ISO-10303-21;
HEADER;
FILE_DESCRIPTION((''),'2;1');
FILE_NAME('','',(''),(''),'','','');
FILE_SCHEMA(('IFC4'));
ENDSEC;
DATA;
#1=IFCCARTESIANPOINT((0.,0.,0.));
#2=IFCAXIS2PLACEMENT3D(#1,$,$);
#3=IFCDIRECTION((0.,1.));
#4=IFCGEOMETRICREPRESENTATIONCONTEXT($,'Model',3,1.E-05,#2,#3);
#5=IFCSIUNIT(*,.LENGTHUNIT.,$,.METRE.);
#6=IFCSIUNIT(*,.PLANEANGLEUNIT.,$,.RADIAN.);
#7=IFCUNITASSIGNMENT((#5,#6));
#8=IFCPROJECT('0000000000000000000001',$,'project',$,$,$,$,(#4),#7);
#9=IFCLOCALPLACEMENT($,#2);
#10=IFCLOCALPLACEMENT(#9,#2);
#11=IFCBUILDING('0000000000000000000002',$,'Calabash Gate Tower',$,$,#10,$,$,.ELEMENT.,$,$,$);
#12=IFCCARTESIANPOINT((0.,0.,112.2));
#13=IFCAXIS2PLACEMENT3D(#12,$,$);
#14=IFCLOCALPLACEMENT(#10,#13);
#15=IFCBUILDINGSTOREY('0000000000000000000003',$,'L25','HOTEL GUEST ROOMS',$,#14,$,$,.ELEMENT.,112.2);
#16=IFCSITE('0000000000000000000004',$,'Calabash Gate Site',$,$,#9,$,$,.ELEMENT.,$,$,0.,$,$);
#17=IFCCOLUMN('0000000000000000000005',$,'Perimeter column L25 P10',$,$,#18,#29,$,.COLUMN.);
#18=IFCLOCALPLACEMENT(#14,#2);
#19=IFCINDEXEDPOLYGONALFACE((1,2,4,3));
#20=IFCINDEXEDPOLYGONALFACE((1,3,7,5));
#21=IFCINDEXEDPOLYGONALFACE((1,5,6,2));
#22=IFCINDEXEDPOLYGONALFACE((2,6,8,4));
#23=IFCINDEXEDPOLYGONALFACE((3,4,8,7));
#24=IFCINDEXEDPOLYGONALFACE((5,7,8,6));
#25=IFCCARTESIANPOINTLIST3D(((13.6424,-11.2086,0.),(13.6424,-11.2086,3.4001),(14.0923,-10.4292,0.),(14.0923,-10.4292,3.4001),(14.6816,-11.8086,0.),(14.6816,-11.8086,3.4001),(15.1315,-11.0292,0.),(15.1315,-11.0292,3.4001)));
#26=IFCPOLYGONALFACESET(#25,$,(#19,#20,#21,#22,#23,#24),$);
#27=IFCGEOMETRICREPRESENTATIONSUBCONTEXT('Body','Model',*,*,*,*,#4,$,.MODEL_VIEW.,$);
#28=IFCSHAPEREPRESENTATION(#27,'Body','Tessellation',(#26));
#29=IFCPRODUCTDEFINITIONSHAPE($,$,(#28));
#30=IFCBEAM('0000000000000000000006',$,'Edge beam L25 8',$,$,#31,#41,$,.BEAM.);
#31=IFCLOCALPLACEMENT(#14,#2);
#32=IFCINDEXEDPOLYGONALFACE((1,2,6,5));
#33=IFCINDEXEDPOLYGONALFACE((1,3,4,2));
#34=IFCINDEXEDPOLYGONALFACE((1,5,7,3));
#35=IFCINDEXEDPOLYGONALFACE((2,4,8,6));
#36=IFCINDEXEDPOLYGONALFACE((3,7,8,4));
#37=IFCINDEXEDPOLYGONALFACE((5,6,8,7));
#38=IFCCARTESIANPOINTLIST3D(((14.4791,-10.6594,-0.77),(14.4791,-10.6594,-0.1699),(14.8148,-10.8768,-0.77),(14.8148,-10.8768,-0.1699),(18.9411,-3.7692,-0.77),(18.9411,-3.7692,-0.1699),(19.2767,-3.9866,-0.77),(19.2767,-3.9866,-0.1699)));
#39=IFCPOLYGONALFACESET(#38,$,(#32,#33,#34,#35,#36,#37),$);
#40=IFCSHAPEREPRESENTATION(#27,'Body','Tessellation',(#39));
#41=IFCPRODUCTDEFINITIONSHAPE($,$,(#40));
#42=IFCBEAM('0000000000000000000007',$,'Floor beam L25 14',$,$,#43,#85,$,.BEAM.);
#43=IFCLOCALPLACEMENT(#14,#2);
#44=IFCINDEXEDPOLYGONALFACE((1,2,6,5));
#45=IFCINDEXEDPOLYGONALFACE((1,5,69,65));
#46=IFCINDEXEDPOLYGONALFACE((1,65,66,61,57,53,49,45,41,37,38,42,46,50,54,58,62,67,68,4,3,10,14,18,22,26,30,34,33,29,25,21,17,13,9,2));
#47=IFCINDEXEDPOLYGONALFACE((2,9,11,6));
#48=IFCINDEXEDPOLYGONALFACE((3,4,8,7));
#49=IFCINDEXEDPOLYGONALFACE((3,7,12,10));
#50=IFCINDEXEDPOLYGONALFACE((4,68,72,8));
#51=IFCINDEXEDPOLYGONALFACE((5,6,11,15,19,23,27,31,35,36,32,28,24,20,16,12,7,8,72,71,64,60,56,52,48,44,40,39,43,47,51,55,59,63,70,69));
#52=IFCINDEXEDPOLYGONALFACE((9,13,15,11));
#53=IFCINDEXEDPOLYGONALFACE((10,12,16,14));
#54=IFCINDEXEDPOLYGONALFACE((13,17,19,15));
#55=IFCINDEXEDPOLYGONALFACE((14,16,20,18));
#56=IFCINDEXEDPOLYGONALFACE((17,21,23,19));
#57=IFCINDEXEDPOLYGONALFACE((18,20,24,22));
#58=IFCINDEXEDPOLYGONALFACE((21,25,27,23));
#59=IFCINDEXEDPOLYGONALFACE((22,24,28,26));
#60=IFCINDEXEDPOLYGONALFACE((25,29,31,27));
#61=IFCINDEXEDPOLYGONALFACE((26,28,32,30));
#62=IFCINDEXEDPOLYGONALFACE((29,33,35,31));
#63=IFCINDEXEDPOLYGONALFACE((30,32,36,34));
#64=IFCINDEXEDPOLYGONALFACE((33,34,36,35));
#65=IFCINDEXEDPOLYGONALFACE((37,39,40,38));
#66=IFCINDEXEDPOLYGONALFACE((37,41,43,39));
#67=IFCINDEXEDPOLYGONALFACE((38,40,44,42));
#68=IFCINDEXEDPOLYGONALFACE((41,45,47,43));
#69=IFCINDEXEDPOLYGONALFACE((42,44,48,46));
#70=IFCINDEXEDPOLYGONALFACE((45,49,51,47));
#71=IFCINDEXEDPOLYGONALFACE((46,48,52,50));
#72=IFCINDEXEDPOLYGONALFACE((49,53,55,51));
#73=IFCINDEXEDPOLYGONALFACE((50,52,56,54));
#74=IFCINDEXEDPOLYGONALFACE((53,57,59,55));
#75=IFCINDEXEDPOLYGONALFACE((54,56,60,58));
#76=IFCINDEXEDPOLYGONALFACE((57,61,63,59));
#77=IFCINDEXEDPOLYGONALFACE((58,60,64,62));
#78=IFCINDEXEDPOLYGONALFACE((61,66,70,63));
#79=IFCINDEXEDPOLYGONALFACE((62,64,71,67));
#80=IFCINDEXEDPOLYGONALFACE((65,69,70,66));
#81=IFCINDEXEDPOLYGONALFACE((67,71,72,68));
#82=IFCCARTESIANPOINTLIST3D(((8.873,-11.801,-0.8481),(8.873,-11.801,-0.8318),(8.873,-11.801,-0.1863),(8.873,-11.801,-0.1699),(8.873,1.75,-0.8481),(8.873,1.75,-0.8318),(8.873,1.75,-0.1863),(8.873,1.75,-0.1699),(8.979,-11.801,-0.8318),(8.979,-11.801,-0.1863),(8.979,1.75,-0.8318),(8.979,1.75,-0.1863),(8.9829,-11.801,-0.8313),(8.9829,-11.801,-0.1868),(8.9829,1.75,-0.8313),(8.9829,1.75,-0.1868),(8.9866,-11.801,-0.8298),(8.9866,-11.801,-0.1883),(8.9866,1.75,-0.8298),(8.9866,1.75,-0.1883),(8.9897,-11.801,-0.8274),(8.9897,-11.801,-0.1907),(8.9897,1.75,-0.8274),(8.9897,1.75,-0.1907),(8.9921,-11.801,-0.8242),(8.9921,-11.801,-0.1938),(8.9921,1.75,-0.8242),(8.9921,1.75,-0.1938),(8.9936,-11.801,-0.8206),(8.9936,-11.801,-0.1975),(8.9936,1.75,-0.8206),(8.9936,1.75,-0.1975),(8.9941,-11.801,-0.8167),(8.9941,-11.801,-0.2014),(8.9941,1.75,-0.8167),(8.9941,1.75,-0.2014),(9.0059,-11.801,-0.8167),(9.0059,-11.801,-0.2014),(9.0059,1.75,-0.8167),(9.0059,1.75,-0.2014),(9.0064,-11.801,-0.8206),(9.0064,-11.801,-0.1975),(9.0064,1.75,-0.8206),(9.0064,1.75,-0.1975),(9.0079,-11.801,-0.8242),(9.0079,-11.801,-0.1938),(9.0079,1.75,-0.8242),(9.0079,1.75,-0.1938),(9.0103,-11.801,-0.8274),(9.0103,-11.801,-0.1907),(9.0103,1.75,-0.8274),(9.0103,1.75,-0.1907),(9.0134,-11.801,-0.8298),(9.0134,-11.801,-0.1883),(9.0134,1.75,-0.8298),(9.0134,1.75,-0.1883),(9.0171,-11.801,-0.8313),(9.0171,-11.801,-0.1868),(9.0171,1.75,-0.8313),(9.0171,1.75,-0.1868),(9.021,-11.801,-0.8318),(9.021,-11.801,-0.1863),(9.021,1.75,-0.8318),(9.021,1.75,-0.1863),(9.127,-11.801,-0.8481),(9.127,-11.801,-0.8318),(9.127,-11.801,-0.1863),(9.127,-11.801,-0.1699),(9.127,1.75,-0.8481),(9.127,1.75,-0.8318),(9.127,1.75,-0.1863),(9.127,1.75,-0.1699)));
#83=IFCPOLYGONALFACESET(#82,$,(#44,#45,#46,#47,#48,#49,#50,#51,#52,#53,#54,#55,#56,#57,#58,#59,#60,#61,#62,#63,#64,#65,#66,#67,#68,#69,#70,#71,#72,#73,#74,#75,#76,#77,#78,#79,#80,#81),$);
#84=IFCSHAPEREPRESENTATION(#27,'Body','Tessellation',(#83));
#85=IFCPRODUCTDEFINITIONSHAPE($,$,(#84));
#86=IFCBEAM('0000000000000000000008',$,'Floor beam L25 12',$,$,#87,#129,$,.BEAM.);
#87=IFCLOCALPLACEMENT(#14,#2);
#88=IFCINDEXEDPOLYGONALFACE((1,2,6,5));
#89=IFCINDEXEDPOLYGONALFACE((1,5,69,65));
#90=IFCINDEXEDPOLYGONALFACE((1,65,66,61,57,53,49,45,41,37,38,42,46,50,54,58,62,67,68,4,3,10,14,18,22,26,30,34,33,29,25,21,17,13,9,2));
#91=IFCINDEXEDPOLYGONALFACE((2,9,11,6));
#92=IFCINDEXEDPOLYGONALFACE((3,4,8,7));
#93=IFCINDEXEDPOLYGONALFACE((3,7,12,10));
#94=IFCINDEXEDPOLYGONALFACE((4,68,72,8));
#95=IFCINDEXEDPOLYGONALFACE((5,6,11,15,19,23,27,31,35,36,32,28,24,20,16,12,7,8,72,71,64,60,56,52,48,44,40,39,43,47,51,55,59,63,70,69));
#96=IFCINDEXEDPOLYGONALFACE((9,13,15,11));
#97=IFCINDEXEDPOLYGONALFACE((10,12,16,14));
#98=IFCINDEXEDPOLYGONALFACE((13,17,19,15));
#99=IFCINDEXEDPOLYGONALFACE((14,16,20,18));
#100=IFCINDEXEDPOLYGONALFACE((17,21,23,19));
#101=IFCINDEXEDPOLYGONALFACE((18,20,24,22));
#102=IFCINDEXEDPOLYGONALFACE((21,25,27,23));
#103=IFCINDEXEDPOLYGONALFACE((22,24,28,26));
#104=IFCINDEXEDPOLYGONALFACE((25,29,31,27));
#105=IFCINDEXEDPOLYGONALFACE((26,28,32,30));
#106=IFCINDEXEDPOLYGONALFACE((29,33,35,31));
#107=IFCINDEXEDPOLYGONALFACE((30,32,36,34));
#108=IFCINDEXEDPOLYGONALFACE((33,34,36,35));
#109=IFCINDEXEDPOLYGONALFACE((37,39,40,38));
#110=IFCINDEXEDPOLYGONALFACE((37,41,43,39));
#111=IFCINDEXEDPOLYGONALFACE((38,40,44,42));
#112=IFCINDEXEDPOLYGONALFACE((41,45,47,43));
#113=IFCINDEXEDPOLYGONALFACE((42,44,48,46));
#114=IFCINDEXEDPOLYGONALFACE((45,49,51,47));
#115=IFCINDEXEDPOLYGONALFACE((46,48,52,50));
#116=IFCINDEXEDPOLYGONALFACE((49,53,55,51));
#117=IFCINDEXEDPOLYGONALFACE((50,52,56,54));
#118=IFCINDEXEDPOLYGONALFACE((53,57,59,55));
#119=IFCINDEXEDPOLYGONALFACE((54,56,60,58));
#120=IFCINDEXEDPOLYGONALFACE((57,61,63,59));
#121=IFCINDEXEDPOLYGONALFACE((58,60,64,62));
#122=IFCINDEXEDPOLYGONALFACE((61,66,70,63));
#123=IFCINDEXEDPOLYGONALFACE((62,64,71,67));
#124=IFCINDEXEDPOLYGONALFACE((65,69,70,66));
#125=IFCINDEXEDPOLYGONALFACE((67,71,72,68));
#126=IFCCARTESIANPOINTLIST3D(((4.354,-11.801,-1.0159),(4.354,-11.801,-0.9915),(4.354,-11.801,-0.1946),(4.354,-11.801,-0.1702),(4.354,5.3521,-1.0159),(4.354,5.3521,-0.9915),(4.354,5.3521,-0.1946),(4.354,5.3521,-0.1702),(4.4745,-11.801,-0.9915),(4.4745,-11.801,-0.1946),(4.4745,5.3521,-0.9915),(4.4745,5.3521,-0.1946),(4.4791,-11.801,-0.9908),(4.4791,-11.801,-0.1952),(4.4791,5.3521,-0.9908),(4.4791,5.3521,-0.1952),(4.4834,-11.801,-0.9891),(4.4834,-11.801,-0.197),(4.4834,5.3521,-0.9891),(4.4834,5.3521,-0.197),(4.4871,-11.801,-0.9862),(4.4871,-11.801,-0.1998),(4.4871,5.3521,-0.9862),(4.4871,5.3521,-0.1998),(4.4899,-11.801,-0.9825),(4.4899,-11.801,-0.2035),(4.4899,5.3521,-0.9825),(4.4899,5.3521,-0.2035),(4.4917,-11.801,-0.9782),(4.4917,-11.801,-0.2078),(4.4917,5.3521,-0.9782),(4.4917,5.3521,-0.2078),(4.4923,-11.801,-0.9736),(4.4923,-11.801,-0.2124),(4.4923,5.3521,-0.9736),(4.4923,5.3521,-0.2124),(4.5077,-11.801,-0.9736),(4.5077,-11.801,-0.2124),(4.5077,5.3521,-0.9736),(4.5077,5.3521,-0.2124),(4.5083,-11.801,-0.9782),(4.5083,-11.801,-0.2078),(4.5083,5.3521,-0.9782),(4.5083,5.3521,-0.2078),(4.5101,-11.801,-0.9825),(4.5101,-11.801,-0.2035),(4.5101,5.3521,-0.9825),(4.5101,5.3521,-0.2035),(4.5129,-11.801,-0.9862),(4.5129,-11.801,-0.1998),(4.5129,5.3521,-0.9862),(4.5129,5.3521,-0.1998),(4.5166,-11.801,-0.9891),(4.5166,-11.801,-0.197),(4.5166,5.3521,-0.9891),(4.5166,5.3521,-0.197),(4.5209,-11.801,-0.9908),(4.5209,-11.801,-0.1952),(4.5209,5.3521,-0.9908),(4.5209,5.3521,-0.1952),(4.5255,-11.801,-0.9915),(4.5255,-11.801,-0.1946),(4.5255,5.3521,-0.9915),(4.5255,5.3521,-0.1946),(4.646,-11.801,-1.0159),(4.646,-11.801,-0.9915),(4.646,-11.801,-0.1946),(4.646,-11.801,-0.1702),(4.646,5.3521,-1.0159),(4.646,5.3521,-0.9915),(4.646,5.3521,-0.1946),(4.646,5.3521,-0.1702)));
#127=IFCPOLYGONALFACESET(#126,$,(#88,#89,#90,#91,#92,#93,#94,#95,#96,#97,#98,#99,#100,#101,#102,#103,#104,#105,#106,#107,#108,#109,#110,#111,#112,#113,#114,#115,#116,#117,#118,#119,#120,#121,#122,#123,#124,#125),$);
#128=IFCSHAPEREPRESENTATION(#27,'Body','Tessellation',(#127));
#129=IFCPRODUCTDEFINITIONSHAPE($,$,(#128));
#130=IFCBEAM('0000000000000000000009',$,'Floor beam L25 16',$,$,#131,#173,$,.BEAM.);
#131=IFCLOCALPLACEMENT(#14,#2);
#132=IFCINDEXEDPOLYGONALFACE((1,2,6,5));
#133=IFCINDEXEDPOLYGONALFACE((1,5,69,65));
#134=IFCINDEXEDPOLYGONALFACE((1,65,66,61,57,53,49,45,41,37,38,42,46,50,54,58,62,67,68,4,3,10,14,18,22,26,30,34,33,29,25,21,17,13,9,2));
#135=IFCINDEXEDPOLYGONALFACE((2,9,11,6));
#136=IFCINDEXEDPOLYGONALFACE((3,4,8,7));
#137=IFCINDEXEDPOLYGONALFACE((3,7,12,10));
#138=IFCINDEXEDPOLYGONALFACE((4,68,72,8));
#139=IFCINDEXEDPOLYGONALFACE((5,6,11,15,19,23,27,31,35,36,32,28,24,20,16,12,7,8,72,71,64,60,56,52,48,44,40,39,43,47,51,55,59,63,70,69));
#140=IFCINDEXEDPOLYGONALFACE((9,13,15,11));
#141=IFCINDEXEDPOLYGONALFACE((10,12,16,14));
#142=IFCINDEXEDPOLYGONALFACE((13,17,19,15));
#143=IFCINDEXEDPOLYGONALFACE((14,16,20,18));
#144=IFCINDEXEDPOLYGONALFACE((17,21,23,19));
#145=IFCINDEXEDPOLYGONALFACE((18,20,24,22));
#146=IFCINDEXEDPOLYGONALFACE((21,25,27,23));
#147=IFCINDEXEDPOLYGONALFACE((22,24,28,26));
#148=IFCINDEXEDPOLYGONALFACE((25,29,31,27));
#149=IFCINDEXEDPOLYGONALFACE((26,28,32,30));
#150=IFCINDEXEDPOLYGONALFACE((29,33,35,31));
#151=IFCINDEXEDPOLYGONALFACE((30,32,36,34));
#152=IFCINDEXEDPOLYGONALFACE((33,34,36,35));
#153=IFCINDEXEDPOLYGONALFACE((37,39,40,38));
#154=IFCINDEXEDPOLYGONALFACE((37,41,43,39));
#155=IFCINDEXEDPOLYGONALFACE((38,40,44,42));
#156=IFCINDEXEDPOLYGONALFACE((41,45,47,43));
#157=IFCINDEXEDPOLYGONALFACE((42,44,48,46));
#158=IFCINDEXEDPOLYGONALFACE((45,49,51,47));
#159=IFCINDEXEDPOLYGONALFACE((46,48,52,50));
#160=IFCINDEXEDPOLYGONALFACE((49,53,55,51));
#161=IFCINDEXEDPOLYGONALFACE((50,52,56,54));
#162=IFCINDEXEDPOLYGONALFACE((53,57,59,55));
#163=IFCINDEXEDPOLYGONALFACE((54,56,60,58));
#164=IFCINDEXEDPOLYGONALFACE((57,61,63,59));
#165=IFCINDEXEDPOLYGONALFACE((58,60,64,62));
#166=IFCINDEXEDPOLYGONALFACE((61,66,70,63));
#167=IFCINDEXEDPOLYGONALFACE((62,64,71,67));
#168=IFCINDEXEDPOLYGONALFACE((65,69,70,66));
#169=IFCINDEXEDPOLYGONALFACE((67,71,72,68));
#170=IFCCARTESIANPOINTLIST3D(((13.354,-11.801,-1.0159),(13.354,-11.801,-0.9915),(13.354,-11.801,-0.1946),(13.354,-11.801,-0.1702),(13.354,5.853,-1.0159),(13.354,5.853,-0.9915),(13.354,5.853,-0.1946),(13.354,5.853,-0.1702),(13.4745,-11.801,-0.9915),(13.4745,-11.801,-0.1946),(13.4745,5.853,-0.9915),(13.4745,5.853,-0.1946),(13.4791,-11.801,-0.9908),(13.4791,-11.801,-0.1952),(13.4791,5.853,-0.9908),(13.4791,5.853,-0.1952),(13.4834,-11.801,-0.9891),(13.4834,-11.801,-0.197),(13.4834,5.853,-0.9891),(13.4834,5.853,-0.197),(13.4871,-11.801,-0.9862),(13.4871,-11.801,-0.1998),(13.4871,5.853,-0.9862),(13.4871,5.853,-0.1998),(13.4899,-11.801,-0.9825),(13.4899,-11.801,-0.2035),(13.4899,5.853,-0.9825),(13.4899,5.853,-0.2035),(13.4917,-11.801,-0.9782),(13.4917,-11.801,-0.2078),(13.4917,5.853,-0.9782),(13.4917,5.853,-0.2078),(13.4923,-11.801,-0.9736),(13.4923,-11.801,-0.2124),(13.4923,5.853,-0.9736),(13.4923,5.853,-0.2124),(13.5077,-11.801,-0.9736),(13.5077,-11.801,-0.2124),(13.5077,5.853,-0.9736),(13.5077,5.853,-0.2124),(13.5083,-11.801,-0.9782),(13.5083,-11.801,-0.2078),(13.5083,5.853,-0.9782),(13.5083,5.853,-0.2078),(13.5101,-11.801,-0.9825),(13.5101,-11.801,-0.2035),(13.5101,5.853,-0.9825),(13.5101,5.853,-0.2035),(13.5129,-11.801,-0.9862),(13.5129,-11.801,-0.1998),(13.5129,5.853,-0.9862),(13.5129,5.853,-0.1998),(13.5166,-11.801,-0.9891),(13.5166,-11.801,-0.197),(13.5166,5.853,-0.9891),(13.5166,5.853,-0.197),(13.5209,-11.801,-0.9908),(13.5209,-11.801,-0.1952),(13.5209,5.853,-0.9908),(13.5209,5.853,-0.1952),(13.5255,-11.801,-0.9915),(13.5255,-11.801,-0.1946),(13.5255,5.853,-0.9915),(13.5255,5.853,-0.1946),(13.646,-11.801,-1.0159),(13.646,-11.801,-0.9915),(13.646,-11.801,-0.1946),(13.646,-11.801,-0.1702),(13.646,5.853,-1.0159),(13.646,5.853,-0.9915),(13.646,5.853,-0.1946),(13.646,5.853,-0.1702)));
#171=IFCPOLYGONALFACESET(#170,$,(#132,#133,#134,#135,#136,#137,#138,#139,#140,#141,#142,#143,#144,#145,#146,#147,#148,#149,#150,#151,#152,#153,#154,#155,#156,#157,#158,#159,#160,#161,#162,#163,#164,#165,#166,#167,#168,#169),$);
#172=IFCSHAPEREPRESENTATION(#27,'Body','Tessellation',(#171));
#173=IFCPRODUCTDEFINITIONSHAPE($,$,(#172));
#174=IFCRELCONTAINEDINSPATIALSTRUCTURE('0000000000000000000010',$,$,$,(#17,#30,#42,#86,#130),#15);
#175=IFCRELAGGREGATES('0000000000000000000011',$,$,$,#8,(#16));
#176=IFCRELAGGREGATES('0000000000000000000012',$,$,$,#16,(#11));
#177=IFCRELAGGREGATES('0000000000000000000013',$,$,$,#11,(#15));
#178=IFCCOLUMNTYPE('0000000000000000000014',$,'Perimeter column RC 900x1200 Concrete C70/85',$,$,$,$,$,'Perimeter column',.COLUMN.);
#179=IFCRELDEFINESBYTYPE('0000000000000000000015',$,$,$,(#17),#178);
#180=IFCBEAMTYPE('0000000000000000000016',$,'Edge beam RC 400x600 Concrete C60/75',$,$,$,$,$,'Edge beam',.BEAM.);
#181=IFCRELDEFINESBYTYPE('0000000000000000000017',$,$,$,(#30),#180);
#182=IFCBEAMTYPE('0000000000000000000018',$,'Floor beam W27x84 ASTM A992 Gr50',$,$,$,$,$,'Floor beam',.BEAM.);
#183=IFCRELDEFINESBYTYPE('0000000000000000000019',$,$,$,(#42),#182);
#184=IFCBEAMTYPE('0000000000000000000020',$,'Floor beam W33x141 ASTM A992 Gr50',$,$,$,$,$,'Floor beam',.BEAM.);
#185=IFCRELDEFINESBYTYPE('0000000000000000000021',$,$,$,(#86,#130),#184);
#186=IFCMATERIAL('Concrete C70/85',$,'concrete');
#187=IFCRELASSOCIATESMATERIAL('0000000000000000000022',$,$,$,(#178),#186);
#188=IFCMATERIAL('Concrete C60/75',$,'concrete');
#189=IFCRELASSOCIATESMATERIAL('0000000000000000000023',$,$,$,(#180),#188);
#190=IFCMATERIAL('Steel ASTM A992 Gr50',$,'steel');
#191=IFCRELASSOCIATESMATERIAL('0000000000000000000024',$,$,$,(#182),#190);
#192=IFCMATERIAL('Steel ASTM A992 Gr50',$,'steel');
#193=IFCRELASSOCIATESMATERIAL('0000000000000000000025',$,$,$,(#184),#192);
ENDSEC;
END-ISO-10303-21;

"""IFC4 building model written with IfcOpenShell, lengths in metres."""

from ifc_helpers import new_model, si_unit, direction, frame, origin, origin_2d, place, context, subcontext, project, spatial, rectangle, i_section, extrude, material, material_profile, profile_set, type_object, element, save


model = new_model("IFC4")

# Units and contexts
model_context = context("Model", 3, precision=1e-05, world=origin(), true_north=direction((0.0, 1.0)))
body_context = subcontext(model_context, "Body", "Model", "MODEL_VIEW")
ifc_project = project(units=[si_unit("LENGTHUNIT", "METRE"), si_unit("PLANEANGLEUNIT", "RADIAN")], contexts=[model_context])

# Site, building, storey
site_placement = place(None, origin())
site = spatial("IfcSite", under=ifc_project, at=site_placement, Name="Calabash Gate Site", CompositionType="ELEMENT", RefElevation=0.0)
building_placement = place(site_placement, origin())
building = spatial("IfcBuilding", under=site, at=building_placement, Name="Calabash Gate Tower", CompositionType="ELEMENT")
storey_placement = place(building_placement, frame((0.0, 0.0, 112.2)))
storey = spatial("IfcBuildingStorey", under=building, at=storey_placement, Name="L25", Description="HOTEL GUEST ROOMS", CompositionType="ELEMENT", Elevation=112.2)

# Column
ifc_material_1 = material(Name="Concrete C70/85", Category="concrete")
ifc_material_profile_1 = material_profile(ifc_material_1, rectangle(XDim=0.8999, YDim=1.2, at=origin_2d()))
ifc_profile_set_1 = profile_set([ifc_material_profile_1], Name="Concrete C70/85")
column_type = type_object("IfcColumnType", Name="Perimeter column RC 900x1200 Concrete C70/85", ElementType="Perimeter column", PredefinedType="COLUMN", material=ifc_profile_set_1)
column_placement = place(storey_placement, frame((14.387, -11.1189, 0.0), z_axis=(0.0, 0.0, 1.0), x_axis=(0.5, 0.866025, 0.0)))
element("IfcColumn", 1, at=column_placement, inside=storey, type_object=column_type, Name="Perimeter column L25 P10", PredefinedType="COLUMN", context=body_context, shape_type="SweptSolid", body=[
    extrude(rectangle(XDim=0.8999, YDim=1.2, at=origin_2d()), origin(), (0.0, 0.0, 1.0), 3.4001),
])

# Beams
ifc_material_2 = material(Name="Concrete C60/75", Category="concrete")
ifc_material_profile_2 = material_profile(ifc_material_2, rectangle(XDim=0.3999, YDim=0.6001, at=origin_2d()))
ifc_profile_set_2 = profile_set([ifc_material_profile_2], Name="Concrete C60/75")
beam_type_1 = type_object("IfcBeamType", Name="Edge beam RC 400x600 Concrete C60/75", ElementType="Edge beam", PredefinedType="BEAM", material=ifc_profile_set_2)
beam_1_placement = place(storey_placement, frame((14.647, -10.7681, -0.47), z_axis=(0.54356, 0.839371, 0.0), x_axis=(-0.839371, 0.54356, 0.0)))
element("IfcBeam", 2, at=beam_1_placement, inside=storey, type_object=beam_type_1, Name="Edge beam L25 8", PredefinedType="BEAM", context=body_context, shape_type="SweptSolid", body=[
    extrude(rectangle(XDim=0.3999, YDim=0.6001, at=origin_2d()), origin(), (0.0, 0.0, 1.0), 8.2087),
])
ifc_material_3 = material(Name="Steel ASTM A992 Gr50", Category="steel")
ifc_material_profile_3 = material_profile(ifc_material_3, i_section(OverallWidth=0.2539, OverallDepth=0.6782, WebThickness=0.0117, FlangeThickness=0.0164, FilletRadius=0.0151, at=origin_2d()))
ifc_profile_set_3 = profile_set([ifc_material_profile_3], Name="Steel ASTM A992 Gr50")
beam_type_2 = type_object("IfcBeamType", Name="Floor beam W27x84 ASTM A992 Gr50", ElementType="Floor beam", PredefinedType="BEAM", material=ifc_profile_set_3)
beam_2_placement = place(storey_placement, frame((9.0, -11.801, -0.509), z_axis=(0.0, 1.0, 0.0), x_axis=(-1.0, 0.0, 0.0)))
element("IfcBeam", 3, at=beam_2_placement, inside=storey, type_object=beam_type_2, Name="Floor beam L25 14", PredefinedType="BEAM", context=body_context, shape_type="SweptSolid", body=[
    extrude(i_section(OverallWidth=0.2539, OverallDepth=0.6782, WebThickness=0.0117, FlangeThickness=0.0164, FilletRadius=0.0151, at=origin_2d()), origin(), (0.0, 0.0, 1.0), 13.551),
])
ifc_material_4 = material(Name="Steel ASTM A992 Gr50", Category="steel")
ifc_material_profile_4 = material_profile(ifc_material_4, i_section(OverallWidth=0.292, OverallDepth=0.8457, WebThickness=0.0154, FlangeThickness=0.0244, FilletRadius=0.0178, at=origin_2d()))
ifc_profile_set_4 = profile_set([ifc_material_profile_4], Name="Steel ASTM A992 Gr50")
beam_type_3 = type_object("IfcBeamType", Name="Floor beam W33x141 ASTM A992 Gr50", ElementType="Floor beam", PredefinedType="BEAM", material=ifc_profile_set_4)
beam_3_placement = place(storey_placement, frame((4.5, -11.801, -0.593), z_axis=(0.0, 1.0, 0.0), x_axis=(-1.0, 0.0, 0.0)))
element("IfcBeam", 4, at=beam_3_placement, inside=storey, type_object=beam_type_3, Name="Floor beam L25 12", PredefinedType="BEAM", context=body_context, shape_type="SweptSolid", body=[
    extrude(i_section(OverallWidth=0.292, OverallDepth=0.8457, WebThickness=0.0154, FlangeThickness=0.0244, FilletRadius=0.0178, at=origin_2d()), origin(), (0.0, 0.0, 1.0), 17.1531),
])
beam_4_placement = place(storey_placement, frame((13.5, -11.801, -0.593), z_axis=(0.0, 1.0, 0.0), x_axis=(-1.0, 0.0, 0.0)))
element("IfcBeam", 5, at=beam_4_placement, inside=storey, type_object=beam_type_3, Name="Floor beam L25 16", PredefinedType="BEAM", context=body_context, shape_type="SweptSolid", body=[
    extrude(i_section(OverallWidth=0.292, OverallDepth=0.8457, WebThickness=0.0154, FlangeThickness=0.0244, FilletRadius=0.0178, at=origin_2d()), origin(), (0.0, 0.0, 1.0), 17.6541),
])

save(model, "model.ifc")
